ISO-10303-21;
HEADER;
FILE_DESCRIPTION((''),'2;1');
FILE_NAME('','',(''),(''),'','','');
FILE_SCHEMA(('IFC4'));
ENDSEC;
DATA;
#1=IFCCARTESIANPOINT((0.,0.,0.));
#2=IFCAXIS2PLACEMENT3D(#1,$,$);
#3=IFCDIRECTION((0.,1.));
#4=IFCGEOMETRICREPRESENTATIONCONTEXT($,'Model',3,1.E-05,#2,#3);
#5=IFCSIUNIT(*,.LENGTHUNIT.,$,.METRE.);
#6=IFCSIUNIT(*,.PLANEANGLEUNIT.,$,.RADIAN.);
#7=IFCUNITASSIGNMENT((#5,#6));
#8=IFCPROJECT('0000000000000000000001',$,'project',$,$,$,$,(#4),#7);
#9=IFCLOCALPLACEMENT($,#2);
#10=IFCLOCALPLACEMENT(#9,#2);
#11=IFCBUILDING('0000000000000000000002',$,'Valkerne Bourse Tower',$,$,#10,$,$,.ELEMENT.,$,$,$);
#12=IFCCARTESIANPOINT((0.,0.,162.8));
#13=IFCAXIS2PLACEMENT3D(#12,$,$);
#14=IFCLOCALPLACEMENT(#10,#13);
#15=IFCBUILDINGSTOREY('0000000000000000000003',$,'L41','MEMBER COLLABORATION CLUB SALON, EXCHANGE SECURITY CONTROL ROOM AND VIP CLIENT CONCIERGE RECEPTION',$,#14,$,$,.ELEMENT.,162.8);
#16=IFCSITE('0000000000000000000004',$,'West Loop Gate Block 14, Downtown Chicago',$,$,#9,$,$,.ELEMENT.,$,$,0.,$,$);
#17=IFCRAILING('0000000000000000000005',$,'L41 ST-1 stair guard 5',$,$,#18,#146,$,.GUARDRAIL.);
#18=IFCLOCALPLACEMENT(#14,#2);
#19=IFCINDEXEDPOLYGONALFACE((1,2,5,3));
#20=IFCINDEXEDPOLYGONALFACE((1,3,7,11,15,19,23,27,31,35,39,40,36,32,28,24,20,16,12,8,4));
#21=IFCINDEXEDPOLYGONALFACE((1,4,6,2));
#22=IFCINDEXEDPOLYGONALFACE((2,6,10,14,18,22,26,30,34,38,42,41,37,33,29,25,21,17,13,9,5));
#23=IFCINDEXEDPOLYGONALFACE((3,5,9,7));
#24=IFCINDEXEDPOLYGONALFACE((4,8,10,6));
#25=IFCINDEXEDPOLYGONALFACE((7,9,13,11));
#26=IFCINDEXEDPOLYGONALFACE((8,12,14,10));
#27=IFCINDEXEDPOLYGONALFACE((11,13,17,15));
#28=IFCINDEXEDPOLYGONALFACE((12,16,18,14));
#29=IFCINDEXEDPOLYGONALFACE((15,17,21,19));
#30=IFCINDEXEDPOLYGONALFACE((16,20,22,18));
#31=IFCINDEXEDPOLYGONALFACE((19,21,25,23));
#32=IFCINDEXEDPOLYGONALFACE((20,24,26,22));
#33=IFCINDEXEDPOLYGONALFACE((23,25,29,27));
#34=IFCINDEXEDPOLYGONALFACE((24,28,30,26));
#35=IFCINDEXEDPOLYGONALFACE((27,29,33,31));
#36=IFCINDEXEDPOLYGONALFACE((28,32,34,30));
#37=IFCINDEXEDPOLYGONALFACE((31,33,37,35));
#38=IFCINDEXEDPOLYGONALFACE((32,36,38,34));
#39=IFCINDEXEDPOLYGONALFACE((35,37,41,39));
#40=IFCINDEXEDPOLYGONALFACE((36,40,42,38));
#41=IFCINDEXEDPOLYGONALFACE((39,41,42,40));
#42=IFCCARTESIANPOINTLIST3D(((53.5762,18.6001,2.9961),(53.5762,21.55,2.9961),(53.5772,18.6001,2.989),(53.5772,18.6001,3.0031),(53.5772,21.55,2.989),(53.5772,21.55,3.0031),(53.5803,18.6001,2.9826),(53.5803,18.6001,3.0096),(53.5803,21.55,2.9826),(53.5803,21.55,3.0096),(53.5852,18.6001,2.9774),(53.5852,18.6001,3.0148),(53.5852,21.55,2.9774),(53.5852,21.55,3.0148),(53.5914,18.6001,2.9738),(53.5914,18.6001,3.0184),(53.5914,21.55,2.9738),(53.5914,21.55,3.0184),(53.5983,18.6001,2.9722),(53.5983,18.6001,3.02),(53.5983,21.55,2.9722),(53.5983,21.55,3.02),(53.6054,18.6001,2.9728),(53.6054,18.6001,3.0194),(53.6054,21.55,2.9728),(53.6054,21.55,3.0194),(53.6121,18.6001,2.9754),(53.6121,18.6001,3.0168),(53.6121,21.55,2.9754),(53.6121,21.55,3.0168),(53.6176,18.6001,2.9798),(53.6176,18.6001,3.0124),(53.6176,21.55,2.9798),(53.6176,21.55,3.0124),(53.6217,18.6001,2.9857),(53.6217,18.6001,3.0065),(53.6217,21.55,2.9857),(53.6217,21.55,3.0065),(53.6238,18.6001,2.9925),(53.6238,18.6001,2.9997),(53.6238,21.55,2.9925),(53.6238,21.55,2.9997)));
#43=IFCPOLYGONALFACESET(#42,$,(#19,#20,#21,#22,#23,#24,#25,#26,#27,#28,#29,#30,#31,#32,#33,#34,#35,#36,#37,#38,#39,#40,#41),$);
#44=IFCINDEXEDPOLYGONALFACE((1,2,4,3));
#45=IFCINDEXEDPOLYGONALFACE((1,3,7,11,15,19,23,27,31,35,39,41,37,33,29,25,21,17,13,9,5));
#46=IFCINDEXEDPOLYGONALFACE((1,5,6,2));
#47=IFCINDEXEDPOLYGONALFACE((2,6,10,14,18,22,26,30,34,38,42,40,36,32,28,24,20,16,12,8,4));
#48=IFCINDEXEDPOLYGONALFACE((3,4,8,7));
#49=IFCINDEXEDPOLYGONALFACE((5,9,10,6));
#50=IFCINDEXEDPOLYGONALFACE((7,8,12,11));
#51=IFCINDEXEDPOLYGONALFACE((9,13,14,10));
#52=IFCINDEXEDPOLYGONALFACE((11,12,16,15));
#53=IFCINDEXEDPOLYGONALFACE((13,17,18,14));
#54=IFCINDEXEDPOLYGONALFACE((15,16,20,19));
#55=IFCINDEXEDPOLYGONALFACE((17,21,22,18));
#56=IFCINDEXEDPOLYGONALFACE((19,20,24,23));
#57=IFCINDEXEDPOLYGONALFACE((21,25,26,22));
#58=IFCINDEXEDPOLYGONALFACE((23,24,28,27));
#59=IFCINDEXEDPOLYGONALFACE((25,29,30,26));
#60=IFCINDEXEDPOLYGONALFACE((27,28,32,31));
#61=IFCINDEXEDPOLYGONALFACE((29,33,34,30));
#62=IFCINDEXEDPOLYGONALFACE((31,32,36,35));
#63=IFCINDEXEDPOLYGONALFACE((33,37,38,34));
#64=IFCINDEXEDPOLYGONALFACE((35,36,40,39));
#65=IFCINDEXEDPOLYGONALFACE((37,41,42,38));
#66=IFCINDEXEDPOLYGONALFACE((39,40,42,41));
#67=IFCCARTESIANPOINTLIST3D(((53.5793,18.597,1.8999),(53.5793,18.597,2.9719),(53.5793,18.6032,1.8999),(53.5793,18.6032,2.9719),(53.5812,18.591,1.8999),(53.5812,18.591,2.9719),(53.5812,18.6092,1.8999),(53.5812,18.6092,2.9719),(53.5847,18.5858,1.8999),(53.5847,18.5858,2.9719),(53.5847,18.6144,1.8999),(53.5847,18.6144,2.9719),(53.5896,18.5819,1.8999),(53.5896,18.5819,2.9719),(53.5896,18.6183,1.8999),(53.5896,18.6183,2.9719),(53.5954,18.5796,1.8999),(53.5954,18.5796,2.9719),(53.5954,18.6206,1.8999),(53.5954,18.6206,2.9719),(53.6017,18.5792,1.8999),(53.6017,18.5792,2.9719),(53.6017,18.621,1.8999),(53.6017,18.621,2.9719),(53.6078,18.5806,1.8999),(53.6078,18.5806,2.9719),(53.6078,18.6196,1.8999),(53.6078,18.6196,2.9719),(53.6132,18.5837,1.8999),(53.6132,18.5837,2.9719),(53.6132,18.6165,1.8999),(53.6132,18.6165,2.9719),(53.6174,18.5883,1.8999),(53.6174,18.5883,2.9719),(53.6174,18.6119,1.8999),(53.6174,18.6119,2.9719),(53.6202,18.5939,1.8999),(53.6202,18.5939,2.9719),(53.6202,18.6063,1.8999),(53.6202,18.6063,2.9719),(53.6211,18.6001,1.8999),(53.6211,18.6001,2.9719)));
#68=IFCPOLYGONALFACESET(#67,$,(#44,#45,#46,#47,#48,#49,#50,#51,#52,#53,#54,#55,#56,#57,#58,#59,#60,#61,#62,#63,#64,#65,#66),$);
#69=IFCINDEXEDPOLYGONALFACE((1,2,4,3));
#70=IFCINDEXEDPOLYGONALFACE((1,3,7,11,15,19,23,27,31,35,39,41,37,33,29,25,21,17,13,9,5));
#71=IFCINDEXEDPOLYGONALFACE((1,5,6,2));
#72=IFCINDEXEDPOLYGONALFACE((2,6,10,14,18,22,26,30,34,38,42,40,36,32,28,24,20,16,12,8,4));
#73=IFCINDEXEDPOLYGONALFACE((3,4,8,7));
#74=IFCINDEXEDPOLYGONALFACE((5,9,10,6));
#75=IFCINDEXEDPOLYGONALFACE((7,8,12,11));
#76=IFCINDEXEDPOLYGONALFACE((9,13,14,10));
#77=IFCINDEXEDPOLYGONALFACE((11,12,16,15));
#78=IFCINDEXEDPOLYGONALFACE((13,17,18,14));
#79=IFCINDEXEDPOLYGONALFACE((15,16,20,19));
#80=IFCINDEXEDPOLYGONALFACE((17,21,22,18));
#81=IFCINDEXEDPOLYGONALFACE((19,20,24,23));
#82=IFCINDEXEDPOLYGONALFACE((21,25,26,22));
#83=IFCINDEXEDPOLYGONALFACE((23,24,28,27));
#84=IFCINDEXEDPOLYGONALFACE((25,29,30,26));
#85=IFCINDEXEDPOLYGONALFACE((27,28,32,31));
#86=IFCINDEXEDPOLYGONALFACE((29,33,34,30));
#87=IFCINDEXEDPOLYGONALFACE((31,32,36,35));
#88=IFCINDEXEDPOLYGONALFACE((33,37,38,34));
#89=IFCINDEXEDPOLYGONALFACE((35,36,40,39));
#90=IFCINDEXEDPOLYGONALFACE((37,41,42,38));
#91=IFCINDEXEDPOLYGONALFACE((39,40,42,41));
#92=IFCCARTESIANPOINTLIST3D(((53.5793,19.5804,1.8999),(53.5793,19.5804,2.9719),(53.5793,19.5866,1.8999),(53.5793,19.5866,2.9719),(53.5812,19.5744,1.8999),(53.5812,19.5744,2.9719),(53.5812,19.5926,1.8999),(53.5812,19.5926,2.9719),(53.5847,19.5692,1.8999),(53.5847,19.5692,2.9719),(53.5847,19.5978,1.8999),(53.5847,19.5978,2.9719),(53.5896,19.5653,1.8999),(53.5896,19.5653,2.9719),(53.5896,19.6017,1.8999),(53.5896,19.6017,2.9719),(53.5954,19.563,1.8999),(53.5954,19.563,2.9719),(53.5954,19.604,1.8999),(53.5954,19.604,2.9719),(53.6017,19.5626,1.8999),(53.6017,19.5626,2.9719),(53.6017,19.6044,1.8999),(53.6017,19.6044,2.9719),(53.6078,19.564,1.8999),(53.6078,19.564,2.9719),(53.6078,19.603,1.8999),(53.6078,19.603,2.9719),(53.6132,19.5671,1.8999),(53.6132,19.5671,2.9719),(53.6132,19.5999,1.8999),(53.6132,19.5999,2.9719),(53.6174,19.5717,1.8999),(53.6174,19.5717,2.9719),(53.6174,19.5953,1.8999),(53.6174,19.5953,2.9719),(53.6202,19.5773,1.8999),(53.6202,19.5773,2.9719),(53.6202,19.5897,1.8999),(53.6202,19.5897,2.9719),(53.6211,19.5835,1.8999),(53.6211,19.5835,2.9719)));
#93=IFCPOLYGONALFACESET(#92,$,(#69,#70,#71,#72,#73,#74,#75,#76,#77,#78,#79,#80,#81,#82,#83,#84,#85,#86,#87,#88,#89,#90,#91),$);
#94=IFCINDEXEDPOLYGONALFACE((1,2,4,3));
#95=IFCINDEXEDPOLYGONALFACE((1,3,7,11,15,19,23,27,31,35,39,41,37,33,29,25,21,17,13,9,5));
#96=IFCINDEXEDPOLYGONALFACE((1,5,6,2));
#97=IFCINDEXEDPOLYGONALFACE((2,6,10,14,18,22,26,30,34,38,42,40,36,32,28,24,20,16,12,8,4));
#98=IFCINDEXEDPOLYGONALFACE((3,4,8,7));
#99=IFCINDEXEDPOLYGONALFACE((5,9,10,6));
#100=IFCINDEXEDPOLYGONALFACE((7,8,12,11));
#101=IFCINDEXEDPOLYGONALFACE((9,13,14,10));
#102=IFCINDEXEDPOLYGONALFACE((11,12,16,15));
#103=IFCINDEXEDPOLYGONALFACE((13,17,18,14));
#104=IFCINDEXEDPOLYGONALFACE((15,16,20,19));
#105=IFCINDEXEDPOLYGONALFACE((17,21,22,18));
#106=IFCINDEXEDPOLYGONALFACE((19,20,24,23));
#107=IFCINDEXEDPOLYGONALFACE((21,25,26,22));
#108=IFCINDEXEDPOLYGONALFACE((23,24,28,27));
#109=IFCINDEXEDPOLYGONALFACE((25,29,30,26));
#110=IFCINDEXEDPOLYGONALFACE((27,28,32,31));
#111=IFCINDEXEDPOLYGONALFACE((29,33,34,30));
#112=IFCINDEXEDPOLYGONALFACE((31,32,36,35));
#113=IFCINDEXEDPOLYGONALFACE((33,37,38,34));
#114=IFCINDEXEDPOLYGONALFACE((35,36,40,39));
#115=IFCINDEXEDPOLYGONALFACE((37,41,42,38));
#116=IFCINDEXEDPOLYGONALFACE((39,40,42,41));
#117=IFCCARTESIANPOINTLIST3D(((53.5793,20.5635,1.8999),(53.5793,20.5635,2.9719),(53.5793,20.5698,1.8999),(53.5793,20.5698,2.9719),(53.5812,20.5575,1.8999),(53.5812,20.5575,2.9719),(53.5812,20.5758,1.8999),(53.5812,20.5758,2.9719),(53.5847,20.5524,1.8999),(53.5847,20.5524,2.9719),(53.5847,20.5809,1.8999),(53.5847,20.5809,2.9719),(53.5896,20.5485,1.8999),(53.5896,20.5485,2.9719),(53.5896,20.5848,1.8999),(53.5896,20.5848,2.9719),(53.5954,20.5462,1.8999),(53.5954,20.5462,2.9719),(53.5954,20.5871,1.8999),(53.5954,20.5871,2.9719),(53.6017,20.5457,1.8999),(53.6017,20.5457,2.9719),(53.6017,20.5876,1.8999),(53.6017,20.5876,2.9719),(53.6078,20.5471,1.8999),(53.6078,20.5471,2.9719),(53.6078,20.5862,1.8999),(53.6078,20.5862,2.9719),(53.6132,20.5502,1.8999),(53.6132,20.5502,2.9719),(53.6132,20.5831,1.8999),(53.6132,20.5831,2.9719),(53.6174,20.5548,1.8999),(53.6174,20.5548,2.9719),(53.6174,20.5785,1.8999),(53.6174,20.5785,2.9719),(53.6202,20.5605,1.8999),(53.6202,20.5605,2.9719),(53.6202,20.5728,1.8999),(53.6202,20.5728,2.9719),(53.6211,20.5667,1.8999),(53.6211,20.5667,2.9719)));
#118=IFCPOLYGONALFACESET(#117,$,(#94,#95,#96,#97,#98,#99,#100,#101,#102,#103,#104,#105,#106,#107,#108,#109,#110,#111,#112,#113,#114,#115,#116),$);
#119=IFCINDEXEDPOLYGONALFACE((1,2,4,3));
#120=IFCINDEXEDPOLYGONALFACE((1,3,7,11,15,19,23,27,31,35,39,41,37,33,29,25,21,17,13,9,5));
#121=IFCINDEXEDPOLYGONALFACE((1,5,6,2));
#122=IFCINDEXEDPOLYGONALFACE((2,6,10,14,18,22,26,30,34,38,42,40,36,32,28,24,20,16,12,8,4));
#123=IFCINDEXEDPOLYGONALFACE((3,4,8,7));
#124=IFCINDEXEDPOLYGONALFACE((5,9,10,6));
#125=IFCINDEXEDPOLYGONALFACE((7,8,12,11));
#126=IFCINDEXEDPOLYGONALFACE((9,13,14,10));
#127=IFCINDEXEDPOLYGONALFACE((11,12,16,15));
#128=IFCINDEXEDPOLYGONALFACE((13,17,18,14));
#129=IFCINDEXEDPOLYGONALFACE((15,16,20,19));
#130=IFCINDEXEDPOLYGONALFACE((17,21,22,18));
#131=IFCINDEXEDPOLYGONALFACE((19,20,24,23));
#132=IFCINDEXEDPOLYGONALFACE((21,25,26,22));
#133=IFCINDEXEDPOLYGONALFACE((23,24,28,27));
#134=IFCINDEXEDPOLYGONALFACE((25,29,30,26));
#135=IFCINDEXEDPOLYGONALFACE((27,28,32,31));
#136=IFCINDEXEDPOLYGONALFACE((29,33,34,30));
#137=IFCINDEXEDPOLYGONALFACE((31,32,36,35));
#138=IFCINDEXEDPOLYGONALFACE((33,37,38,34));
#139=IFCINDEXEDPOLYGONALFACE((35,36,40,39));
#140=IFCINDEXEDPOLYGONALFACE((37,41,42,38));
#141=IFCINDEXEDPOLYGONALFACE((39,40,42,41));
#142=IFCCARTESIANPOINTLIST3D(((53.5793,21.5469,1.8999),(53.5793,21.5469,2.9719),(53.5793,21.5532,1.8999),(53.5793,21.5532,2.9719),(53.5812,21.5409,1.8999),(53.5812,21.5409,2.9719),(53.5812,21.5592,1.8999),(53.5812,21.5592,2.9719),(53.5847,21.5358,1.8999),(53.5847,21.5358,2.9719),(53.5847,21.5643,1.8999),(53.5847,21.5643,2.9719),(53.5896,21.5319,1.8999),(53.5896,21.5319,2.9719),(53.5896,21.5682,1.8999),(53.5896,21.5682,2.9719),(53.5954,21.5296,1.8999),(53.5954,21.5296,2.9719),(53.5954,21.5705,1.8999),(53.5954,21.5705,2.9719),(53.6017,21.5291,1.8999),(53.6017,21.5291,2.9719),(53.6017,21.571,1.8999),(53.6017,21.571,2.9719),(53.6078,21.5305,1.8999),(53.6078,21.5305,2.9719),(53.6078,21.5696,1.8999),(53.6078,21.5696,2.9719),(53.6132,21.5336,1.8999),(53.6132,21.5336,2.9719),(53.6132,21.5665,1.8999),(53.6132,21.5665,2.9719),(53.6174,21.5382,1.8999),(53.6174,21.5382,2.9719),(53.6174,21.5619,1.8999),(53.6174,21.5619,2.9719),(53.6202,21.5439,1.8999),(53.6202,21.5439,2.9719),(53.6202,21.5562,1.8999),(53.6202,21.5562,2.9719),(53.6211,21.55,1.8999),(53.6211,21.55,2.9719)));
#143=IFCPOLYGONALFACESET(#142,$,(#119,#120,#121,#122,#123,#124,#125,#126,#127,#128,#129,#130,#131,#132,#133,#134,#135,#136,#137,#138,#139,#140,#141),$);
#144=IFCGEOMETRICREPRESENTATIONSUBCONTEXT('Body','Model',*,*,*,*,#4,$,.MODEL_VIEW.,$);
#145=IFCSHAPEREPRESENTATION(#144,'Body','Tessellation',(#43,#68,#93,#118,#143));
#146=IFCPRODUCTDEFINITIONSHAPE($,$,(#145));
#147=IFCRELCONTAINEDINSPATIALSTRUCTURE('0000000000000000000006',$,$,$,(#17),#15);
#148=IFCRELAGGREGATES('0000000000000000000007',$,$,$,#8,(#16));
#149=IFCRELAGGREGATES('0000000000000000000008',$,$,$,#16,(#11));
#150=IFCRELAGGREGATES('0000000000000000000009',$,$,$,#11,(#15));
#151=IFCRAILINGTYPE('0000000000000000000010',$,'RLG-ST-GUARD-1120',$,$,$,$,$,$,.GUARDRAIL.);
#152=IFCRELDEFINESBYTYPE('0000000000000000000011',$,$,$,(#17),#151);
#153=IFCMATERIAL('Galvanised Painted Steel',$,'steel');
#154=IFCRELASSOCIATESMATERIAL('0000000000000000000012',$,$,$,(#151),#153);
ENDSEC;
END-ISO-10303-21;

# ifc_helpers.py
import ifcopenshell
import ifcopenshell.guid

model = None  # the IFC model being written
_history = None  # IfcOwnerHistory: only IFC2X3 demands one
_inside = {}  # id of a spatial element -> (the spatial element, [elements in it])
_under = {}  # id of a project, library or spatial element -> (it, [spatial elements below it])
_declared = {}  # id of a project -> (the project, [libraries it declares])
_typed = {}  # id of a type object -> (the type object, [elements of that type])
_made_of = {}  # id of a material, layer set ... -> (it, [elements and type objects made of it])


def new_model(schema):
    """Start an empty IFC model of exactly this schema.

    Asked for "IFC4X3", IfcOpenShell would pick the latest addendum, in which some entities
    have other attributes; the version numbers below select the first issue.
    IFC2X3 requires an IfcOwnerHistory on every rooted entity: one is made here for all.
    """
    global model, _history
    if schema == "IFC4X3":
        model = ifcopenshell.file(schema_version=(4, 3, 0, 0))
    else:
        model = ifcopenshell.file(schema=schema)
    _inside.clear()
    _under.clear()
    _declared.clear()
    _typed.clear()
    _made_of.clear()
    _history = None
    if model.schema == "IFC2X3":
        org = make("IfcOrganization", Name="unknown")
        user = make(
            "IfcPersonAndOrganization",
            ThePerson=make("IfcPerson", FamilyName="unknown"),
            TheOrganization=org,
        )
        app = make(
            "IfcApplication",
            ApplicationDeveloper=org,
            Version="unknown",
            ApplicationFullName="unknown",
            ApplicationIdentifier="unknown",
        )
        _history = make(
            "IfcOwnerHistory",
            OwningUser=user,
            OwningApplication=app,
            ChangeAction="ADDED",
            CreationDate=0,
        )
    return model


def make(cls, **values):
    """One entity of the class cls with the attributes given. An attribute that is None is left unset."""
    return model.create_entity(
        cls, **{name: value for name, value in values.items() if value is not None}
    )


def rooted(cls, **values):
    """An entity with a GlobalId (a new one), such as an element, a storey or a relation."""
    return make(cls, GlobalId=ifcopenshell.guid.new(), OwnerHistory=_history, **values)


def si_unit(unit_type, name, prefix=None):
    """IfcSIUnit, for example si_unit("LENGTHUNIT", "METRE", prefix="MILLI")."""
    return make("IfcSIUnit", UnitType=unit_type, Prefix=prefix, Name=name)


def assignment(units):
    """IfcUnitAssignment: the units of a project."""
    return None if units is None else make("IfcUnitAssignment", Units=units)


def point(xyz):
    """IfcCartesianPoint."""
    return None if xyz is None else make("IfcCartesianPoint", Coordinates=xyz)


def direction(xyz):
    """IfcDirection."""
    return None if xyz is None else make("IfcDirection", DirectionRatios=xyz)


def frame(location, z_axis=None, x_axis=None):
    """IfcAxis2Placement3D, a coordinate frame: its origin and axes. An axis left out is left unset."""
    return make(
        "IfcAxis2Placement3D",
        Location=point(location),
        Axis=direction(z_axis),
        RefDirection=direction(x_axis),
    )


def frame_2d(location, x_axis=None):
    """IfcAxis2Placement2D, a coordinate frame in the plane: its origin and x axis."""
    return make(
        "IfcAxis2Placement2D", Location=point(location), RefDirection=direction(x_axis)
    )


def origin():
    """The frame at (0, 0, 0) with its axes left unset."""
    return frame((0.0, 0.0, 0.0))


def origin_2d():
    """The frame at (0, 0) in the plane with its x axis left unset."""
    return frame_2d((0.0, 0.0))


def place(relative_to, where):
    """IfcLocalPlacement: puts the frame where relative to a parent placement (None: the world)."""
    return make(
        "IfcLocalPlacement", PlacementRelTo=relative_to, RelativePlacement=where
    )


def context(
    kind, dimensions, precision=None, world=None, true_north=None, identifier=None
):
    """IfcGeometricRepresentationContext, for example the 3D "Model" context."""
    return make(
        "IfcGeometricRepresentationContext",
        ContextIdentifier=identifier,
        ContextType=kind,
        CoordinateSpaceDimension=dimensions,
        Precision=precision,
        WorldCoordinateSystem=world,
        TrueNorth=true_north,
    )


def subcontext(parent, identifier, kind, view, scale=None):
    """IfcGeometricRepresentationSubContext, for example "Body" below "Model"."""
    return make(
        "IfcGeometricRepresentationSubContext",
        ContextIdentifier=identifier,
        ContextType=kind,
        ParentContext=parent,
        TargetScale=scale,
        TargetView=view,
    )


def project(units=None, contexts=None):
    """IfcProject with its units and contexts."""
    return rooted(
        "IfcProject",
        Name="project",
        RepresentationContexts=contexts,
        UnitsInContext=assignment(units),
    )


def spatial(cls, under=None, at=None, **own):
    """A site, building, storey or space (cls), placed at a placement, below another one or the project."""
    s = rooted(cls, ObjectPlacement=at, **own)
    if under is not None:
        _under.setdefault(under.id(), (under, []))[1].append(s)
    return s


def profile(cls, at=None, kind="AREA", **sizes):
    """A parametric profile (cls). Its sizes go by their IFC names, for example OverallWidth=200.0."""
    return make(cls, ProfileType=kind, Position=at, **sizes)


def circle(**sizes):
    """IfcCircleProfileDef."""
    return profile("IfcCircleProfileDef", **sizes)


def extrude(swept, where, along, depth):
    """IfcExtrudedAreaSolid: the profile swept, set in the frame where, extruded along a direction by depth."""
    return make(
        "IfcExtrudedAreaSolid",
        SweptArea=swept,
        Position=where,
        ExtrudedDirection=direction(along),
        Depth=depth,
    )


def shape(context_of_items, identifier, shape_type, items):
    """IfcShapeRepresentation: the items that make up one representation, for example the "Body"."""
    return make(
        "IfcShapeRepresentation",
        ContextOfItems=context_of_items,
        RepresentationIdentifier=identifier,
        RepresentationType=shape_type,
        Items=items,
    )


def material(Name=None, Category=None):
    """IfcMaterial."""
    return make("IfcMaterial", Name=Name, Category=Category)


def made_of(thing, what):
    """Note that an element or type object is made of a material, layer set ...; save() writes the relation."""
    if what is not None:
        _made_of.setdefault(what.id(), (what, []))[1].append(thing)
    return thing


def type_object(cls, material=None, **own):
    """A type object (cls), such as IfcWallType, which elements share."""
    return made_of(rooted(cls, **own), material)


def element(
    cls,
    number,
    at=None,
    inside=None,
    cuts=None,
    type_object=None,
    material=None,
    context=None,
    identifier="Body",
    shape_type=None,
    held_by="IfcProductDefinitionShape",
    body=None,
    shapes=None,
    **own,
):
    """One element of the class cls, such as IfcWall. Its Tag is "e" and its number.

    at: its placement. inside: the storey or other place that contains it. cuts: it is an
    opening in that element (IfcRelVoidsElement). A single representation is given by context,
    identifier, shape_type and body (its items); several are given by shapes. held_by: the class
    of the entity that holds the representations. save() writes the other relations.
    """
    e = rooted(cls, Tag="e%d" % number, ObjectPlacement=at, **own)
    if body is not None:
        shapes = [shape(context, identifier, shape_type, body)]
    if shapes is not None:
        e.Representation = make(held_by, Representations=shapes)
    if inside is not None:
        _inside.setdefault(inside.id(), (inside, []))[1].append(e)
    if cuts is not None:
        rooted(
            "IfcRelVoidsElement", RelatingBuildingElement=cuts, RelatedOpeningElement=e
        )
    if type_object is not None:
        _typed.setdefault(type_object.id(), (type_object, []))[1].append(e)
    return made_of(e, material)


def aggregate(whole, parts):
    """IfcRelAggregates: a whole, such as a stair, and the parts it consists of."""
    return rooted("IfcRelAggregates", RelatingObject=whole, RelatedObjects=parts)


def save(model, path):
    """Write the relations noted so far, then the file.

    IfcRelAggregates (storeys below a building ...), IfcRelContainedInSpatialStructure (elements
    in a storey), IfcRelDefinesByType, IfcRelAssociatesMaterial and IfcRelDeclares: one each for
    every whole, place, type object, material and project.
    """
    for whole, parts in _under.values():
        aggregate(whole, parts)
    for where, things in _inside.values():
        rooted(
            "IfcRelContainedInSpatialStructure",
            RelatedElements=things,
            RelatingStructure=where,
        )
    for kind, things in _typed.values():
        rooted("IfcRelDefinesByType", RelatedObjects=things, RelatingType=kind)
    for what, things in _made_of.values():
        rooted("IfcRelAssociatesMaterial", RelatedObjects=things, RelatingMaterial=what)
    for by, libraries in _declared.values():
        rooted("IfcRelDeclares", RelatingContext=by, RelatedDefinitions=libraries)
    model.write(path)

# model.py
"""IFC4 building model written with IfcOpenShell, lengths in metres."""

from ifc_helpers import new_model, si_unit, direction, frame, origin, origin_2d, place, context, subcontext, project, spatial, circle, extrude, material, type_object, element, save


model = new_model("IFC4")

# Units and contexts
model_context = context("Model", 3, precision=1e-05, world=origin(), true_north=direction((0.0, 1.0)))
body_context = subcontext(model_context, "Body", "Model", "MODEL_VIEW")
ifc_project = project(units=[si_unit("LENGTHUNIT", "METRE"), si_unit("PLANEANGLEUNIT", "RADIAN")], contexts=[model_context])

# Site, building, storey
site_placement = place(None, origin())
site = spatial("IfcSite", under=ifc_project, at=site_placement, Name="West Loop Gate Block 14, Downtown Chicago", CompositionType="ELEMENT", RefElevation=0.0)
building_placement = place(site_placement, origin())
building = spatial("IfcBuilding", under=site, at=building_placement, Name="Valkerne Bourse Tower", CompositionType="ELEMENT")
storey_placement = place(building_placement, frame((0.0, 0.0, 162.8)))
storey = spatial("IfcBuildingStorey", under=building, at=storey_placement, Name="L41", Description="MEMBER COLLABORATION CLUB SALON, EXCHANGE SECURITY CONTROL ROOM AND VIP CLIENT CONCIERGE RECEPTION", CompositionType="ELEMENT", Elevation=162.8)

# Railing
ifc_material_1 = material(Name="Galvanised Painted Steel", Category="steel")
railing_type = type_object("IfcRailingType", Name="RLG-ST-GUARD-1120", PredefinedType="GUARDRAIL", material=ifc_material_1)
railing_1_placement = place(storey_placement, frame((53.6001, 18.6001, 1.8999)))
element("IfcRailing", 1, at=railing_1_placement, inside=storey, type_object=railing_type, Name="L41 ST-1 stair guard 5", PredefinedType="GUARDRAIL", context=body_context, shape_type="SweptSolid", body=[
    extrude(circle(Radius=0.0239, at=origin_2d()), frame((0.0, 0.0, 1.0962), z_axis=(0.0, 1.0, 0.0), x_axis=(-1.0, 0.0, 0.0)), (0.0, 0.0, 1.0), 2.95),
    extrude(circle(Radius=0.021, at=origin_2d()), origin(), (0.0, 0.0, 1.0), 1.072),
    extrude(circle(Radius=0.021, at=origin_2d()), frame((0.0, 0.9834, 0.0)), (0.0, 0.0, 1.0), 1.072),
    extrude(circle(Radius=0.021, at=origin_2d()), frame((0.0, 1.9666, 0.0)), (0.0, 0.0, 1.0), 1.072),
    extrude(circle(Radius=0.021, at=origin_2d()), frame((0.0, 2.95, 0.0)), (0.0, 0.0, 1.0), 1.072),
])

save(model, "model.ifc")
